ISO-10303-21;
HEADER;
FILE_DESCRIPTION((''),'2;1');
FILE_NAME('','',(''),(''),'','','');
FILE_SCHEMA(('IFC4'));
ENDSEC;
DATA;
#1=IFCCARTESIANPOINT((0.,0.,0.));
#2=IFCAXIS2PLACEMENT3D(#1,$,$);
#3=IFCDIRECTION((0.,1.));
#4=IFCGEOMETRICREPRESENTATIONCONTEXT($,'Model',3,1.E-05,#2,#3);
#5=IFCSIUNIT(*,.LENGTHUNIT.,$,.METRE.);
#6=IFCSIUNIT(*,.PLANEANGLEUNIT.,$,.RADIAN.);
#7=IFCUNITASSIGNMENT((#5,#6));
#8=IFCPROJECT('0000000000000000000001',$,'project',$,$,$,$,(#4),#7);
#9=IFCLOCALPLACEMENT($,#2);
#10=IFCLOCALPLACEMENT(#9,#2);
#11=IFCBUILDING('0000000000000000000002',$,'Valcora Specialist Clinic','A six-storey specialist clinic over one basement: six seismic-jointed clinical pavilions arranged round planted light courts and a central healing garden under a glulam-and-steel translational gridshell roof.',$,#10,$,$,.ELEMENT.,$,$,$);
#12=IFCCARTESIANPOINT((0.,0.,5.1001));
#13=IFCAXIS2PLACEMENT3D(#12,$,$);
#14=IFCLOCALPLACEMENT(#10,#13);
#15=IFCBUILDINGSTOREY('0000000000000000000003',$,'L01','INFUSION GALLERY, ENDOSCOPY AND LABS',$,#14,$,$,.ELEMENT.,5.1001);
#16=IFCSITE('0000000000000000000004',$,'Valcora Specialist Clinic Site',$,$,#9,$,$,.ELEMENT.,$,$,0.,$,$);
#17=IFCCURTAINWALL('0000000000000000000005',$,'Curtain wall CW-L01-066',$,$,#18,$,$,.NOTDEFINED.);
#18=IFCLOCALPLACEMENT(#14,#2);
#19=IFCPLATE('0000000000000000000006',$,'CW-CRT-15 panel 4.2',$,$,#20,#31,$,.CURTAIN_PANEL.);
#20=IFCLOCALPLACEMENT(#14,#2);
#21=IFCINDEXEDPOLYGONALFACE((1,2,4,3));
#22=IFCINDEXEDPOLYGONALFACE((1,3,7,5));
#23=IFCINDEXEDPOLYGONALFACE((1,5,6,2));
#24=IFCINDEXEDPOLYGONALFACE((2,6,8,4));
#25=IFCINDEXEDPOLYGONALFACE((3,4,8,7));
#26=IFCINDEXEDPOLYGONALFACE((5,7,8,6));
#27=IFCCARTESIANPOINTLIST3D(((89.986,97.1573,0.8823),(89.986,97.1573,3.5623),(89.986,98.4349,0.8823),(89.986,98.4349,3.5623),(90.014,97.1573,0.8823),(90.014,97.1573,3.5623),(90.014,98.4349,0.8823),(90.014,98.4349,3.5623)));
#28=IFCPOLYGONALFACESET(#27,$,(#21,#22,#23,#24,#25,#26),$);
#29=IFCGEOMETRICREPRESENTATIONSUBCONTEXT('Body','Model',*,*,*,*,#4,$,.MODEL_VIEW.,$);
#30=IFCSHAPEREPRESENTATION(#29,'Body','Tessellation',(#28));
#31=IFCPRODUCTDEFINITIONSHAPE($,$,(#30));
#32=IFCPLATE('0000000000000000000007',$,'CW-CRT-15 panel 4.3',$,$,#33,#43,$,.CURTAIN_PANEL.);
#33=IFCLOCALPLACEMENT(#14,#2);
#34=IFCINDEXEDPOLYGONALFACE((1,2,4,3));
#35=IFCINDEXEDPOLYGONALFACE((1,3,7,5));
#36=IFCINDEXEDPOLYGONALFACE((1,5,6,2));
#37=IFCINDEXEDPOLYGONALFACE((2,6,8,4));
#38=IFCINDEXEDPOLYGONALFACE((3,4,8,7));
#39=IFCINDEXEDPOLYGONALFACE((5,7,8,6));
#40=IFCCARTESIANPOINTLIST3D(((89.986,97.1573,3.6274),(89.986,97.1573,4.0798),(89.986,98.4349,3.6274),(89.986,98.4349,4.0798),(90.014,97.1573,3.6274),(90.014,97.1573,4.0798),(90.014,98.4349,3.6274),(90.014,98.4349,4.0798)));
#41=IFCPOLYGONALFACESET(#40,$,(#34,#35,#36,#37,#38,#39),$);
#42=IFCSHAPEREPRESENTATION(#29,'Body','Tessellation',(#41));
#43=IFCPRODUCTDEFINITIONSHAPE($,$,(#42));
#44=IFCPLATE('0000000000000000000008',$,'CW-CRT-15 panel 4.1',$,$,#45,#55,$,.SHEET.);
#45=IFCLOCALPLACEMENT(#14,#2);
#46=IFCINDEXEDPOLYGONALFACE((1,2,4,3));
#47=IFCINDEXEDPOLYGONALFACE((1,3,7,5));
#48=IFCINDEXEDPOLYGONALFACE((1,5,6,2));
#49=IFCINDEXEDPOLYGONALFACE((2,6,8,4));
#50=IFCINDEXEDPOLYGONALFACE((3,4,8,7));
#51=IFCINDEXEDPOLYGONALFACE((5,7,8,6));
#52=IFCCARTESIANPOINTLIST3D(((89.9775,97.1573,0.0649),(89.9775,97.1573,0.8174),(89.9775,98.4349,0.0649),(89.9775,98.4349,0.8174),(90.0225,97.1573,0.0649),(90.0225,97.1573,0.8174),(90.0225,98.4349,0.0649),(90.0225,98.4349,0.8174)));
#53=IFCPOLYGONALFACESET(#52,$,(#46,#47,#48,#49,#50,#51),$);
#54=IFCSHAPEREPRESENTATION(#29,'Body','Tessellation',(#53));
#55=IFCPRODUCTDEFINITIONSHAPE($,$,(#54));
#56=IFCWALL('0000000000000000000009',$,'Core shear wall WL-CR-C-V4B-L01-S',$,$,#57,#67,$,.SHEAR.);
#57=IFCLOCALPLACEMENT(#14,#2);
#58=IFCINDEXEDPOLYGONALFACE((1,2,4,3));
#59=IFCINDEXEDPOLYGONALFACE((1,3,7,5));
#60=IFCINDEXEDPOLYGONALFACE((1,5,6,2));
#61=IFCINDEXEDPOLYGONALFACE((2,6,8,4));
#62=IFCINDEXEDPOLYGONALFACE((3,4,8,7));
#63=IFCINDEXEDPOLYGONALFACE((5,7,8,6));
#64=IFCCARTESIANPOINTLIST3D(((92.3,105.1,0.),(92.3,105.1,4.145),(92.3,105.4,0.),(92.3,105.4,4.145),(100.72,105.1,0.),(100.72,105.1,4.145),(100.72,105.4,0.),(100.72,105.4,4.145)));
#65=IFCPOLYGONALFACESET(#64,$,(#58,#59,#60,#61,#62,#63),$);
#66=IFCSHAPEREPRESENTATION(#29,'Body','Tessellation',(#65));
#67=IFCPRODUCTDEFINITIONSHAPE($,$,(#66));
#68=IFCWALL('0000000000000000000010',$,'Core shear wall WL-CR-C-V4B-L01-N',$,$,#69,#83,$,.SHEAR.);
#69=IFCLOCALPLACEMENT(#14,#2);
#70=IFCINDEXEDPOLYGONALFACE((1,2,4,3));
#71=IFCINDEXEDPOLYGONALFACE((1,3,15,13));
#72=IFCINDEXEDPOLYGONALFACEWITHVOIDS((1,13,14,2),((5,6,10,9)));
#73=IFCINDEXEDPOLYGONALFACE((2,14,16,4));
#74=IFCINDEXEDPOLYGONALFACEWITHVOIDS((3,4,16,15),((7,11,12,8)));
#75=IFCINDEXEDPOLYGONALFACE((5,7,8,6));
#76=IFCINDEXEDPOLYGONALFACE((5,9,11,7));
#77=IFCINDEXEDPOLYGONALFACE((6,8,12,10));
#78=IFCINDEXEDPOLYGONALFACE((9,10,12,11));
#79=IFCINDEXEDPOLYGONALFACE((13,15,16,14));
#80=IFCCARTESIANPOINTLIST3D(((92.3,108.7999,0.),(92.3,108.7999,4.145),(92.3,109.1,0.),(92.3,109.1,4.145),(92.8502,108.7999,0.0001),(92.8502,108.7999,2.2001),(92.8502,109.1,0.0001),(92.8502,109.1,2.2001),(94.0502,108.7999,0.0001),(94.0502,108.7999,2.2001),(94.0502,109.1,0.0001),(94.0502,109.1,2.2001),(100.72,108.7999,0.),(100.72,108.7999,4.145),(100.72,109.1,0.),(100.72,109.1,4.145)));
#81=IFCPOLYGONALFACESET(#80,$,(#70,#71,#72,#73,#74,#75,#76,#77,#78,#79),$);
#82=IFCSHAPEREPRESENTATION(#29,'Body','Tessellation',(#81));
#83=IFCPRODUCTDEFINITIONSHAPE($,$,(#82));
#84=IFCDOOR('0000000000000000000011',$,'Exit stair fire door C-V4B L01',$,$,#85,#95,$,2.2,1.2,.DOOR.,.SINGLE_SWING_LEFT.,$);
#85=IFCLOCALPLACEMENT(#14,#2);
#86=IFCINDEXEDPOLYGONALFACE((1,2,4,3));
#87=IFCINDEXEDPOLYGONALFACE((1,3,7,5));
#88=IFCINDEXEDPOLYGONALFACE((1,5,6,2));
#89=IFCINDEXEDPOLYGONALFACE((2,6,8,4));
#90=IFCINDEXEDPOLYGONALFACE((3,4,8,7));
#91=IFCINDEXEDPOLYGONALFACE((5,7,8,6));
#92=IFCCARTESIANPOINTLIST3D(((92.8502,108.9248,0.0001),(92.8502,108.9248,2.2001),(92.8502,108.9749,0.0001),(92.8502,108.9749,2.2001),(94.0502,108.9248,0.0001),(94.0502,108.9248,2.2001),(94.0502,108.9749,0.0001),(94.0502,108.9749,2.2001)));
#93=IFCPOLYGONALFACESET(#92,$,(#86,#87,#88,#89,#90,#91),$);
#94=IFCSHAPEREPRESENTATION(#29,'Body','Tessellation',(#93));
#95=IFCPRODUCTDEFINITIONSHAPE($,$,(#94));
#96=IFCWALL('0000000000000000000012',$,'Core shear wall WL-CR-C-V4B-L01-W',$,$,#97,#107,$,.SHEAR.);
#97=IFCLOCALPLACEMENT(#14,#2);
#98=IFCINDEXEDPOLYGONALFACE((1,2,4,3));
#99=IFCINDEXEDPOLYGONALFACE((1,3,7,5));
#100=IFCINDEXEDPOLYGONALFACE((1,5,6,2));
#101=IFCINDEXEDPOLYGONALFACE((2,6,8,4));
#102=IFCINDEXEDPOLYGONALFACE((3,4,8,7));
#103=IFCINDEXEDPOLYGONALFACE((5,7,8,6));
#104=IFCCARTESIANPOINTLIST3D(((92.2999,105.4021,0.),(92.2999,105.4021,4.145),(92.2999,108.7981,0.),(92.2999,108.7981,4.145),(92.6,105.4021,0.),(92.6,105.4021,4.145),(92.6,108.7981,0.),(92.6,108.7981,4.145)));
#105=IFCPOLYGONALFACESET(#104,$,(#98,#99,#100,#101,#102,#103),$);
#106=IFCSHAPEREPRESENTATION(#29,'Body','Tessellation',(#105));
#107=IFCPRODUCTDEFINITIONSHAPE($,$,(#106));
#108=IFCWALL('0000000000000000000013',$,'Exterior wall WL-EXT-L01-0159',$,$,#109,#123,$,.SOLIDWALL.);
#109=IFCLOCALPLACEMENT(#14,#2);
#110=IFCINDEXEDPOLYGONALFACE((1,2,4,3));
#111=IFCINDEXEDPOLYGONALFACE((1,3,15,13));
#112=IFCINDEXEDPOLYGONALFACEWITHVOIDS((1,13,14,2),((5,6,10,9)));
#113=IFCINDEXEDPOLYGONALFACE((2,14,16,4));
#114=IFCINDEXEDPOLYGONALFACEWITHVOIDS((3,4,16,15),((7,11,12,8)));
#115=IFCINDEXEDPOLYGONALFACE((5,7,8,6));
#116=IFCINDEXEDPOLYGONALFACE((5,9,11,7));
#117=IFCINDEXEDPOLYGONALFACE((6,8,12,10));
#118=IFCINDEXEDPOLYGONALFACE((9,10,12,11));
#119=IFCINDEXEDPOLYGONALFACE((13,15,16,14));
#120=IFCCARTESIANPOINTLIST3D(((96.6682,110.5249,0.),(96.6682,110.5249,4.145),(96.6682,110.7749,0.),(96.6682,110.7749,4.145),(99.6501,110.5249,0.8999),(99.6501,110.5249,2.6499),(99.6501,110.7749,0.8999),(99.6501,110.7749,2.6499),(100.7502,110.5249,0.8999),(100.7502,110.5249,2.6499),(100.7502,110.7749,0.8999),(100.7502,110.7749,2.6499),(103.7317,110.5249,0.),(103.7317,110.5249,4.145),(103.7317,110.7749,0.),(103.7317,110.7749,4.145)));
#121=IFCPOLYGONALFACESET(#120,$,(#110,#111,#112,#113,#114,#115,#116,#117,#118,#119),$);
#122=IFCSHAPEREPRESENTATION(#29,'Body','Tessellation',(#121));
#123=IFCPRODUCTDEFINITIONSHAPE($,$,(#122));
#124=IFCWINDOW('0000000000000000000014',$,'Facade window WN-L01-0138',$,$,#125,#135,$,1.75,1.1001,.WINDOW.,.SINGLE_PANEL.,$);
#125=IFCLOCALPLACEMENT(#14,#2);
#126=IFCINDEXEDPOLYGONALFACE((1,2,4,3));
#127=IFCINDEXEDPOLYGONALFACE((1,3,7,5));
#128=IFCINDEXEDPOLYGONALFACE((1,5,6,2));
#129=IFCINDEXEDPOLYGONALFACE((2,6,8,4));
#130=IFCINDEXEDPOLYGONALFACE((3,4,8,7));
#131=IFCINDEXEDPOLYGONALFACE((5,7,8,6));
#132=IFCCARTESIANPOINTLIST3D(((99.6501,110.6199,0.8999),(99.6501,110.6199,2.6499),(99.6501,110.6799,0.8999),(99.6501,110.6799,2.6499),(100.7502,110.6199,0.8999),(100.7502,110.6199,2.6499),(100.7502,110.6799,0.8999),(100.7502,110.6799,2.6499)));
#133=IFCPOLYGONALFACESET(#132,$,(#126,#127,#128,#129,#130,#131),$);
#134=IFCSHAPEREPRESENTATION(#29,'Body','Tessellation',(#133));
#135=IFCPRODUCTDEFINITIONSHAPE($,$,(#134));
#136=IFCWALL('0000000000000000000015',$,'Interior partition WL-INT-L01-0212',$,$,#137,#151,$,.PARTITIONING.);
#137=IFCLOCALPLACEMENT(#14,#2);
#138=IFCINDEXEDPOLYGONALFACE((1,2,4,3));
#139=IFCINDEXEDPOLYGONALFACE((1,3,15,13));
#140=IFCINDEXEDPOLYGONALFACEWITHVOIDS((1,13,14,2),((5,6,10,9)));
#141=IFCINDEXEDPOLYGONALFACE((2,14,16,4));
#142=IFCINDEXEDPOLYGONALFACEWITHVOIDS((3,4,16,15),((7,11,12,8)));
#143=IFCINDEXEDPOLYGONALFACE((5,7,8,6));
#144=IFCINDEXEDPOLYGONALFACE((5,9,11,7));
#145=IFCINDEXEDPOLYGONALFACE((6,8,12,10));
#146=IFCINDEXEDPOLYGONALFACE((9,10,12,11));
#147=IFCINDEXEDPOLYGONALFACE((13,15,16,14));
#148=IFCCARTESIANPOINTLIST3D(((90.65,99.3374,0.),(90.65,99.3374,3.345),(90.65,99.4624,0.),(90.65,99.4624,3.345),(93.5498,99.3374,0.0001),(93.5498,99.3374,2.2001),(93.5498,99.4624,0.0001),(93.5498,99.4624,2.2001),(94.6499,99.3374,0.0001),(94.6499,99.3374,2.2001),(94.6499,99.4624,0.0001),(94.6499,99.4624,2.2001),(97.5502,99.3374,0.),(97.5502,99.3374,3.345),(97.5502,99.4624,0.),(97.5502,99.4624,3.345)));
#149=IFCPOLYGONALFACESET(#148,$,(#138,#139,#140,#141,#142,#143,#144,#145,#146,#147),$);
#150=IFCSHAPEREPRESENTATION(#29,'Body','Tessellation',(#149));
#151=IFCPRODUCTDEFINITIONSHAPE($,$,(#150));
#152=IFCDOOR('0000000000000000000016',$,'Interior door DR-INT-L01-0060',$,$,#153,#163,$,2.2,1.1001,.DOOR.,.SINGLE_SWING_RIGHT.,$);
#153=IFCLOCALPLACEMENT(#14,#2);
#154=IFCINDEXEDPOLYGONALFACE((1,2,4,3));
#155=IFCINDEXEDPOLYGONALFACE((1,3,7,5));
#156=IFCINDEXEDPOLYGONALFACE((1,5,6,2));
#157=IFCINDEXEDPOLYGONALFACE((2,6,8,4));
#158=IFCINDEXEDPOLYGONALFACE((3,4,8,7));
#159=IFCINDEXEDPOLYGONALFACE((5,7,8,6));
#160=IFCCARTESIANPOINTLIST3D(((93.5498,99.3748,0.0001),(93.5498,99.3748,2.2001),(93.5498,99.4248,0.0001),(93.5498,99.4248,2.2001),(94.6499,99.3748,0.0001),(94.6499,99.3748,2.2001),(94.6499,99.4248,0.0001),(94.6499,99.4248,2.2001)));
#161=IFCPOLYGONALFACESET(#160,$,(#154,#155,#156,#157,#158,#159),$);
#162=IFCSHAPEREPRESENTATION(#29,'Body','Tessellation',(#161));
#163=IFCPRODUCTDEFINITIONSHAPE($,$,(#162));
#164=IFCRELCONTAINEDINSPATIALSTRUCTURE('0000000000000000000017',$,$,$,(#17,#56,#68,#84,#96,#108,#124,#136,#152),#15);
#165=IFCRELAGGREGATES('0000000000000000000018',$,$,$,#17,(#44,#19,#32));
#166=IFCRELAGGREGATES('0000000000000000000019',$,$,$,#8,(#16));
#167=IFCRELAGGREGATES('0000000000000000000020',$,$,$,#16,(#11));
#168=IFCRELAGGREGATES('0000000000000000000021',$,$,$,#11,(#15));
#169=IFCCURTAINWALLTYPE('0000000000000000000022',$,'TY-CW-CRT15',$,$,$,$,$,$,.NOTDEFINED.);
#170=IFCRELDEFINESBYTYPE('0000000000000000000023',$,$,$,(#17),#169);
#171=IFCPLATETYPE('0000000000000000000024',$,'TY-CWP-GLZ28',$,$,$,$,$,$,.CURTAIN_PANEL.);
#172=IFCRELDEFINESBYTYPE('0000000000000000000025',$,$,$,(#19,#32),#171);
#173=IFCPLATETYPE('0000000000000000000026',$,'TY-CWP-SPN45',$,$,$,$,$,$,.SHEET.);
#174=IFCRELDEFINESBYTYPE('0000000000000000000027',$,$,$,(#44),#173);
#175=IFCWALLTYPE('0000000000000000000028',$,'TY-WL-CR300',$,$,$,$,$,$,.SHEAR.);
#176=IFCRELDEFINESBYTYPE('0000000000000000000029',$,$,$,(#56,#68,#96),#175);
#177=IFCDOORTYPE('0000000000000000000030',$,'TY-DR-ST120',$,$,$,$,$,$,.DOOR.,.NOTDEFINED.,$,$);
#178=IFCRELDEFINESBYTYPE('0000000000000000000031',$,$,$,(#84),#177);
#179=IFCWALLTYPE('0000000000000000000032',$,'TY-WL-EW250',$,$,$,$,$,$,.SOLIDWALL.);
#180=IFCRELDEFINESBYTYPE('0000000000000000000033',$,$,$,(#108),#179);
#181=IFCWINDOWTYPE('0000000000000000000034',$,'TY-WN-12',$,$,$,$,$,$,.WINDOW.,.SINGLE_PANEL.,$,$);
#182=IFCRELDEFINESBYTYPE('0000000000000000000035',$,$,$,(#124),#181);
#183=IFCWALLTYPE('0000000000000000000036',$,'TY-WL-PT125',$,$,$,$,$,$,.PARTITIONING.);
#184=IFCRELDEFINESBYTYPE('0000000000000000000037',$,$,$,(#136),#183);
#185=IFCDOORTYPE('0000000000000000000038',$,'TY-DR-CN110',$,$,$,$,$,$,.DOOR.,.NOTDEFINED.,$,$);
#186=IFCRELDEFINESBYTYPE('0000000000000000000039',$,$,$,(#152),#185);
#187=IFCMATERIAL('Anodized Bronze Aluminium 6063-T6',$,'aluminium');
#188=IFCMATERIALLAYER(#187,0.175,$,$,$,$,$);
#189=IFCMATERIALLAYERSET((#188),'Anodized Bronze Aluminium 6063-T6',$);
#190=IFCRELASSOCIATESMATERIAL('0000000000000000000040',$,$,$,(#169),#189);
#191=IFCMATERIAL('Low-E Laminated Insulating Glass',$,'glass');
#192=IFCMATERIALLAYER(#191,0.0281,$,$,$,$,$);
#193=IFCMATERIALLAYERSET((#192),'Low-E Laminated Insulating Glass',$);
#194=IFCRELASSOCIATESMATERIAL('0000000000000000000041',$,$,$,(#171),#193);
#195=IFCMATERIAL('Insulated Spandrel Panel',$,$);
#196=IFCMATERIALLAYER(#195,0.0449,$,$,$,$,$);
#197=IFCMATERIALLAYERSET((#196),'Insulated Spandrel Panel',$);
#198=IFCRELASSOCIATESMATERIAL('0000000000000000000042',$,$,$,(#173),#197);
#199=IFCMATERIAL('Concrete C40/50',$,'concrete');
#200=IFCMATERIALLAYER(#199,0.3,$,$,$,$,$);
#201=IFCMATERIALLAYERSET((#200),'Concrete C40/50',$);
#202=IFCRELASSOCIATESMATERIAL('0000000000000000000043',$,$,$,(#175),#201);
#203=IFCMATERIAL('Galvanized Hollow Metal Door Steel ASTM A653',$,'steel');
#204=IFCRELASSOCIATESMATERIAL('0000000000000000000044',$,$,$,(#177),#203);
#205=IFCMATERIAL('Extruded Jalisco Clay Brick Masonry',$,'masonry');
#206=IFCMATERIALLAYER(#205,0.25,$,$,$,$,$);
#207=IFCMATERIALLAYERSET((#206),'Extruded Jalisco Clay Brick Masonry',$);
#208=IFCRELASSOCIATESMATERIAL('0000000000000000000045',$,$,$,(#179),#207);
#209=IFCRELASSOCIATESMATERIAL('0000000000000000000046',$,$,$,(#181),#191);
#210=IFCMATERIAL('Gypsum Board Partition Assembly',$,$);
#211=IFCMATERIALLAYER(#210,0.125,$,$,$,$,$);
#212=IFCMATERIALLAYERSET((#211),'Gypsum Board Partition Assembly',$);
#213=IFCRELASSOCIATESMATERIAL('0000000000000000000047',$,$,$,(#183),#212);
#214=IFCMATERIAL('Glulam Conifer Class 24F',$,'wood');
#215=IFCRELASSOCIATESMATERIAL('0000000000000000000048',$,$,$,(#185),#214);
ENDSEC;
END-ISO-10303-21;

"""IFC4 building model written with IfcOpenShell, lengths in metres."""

from ifc_helpers import new_model, si_unit, direction, frame, frame_2d, origin, origin_2d, place, context, subcontext, project, spatial, rectangle, extrude, material, layer, layer_set, type_object, element, fill, aggregate, save


model = new_model("IFC4")

# Units and contexts
model_context = context("Model", 3, precision=1e-05, world=origin(), true_north=direction((0.0, 1.0)))
body_context = subcontext(model_context, "Body", "Model", "MODEL_VIEW")
ifc_project = project(units=[si_unit("LENGTHUNIT", "METRE"), si_unit("PLANEANGLEUNIT", "RADIAN")], contexts=[model_context])

# Site, building, storey
site_placement = place(None, origin())
site = spatial("IfcSite", under=ifc_project, at=site_placement, Name="Valcora Specialist Clinic Site", CompositionType="ELEMENT", RefElevation=0.0)
building_placement = place(site_placement, origin())
building = spatial("IfcBuilding", under=site, at=building_placement, Name="Valcora Specialist Clinic", Description="A six-storey specialist clinic over one basement: six seismic-jointed clinical pavilions arranged round planted light courts and a central healing garden under a glulam-and-steel translational gridshell roof.", CompositionType="ELEMENT")
storey_placement = place(building_placement, frame((0.0, 0.0, 5.1001)))
storey = spatial("IfcBuildingStorey", under=building, at=storey_placement, Name="L01", Description="INFUSION GALLERY, ENDOSCOPY AND LABS", CompositionType="ELEMENT", Elevation=5.1001)

# Shared definitions
ifc_material_1 = material(Name="Concrete C40/50", Category="concrete")

# Curtain wall, plates
ifc_material_2 = material(Name="Anodized Bronze Aluminium 6063-T6", Category="aluminium")
ifc_layer_1 = layer(ifc_material_2, 0.175)
ifc_layer_set_1 = layer_set([ifc_layer_1], Name="Anodized Bronze Aluminium 6063-T6")
curtain_wall_type = type_object("IfcCurtainWallType", Name="TY-CW-CRT15", PredefinedType="NOTDEFINED", material=ifc_layer_set_1)
curtain_wall_placement = place(storey_placement, origin())
curtain_wall = element("IfcCurtainWall", 1, at=curtain_wall_placement, inside=storey, type_object=curtain_wall_type, Name="Curtain wall CW-L01-066", PredefinedType="NOTDEFINED")
ifc_material_3 = material(Name="Low-E Laminated Insulating Glass", Category="glass")
ifc_layer_2 = layer(ifc_material_3, 0.0281)
ifc_layer_set_2 = layer_set([ifc_layer_2], Name="Low-E Laminated Insulating Glass")
plate_type_1 = type_object("IfcPlateType", Name="TY-CWP-GLZ28", PredefinedType="CURTAIN_PANEL", material=ifc_layer_set_2)
plate_1_placement = place(storey_placement, frame((90.0, 97.7961, 0.8823), z_axis=(0.0, 0.0, 1.0), x_axis=(0.0, 1.0, 0.0)))
plate_1 = element("IfcPlate", 2, at=plate_1_placement, type_object=plate_type_1, Name="CW-CRT-15 panel 4.2", PredefinedType="CURTAIN_PANEL", context=body_context, shape_type="SweptSolid", body=[
    extrude(rectangle(XDim=1.2776, YDim=0.0281, at=origin_2d()), origin(), (0.0, 0.0, 1.0), 2.6799),
])
plate_2_placement = place(storey_placement, frame((90.0, 97.7961, 3.6274), z_axis=(0.0, 0.0, 1.0), x_axis=(0.0, 1.0, 0.0)))
plate_2 = element("IfcPlate", 3, at=plate_2_placement, type_object=plate_type_1, Name="CW-CRT-15 panel 4.3", PredefinedType="CURTAIN_PANEL", context=body_context, shape_type="SweptSolid", body=[
    extrude(rectangle(XDim=1.2776, YDim=0.0281, at=origin_2d()), origin(), (0.0, 0.0, 1.0), 0.4524),
])
ifc_material_4 = material(Name="Insulated Spandrel Panel")
ifc_layer_3 = layer(ifc_material_4, 0.0449)
ifc_layer_set_3 = layer_set([ifc_layer_3], Name="Insulated Spandrel Panel")
plate_type_2 = type_object("IfcPlateType", Name="TY-CWP-SPN45", PredefinedType="SHEET", material=ifc_layer_set_3)
plate_3_placement = place(storey_placement, frame((90.0, 97.7961, 0.0649), z_axis=(0.0, 0.0, 1.0), x_axis=(0.0, 1.0, 0.0)))
plate_3 = element("IfcPlate", 4, at=plate_3_placement, type_object=plate_type_2, Name="CW-CRT-15 panel 4.1", PredefinedType="SHEET", context=body_context, shape_type="SweptSolid", body=[
    extrude(rectangle(XDim=1.2776, YDim=0.0449, at=origin_2d()), origin(), (0.0, 0.0, 1.0), 0.7524),
])
aggregate(curtain_wall, [plate_3, plate_1, plate_2])

# Wall
ifc_layer_4 = layer(ifc_material_1, 0.3)
ifc_layer_set_4 = layer_set([ifc_layer_4], Name="Concrete C40/50")
wall_type_1 = type_object("IfcWallType", Name="TY-WL-CR300", PredefinedType="SHEAR", material=ifc_layer_set_4)
wall_1_placement = place(storey_placement, frame((92.3, 105.25, 0.0), z_axis=(0.0, 0.0, 1.0), x_axis=(1.0, 0.0, 0.0)))
element("IfcWall", 5, at=wall_1_placement, inside=storey, type_object=wall_type_1, Name="Core shear wall WL-CR-C-V4B-L01-S", PredefinedType="SHEAR", context=body_context, shape_type="SweptSolid", body=[
    extrude(rectangle(XDim=8.4199, YDim=0.3, at=frame_2d((4.21, 0.0))), origin(), (0.0, 0.0, 1.0), 4.145),
])

# Wall, opening, door
wall_2_placement = place(storey_placement, frame((92.3, 108.95, 0.0), z_axis=(0.0, 0.0, 1.0), x_axis=(1.0, 0.0, 0.0)))
wall_2 = element("IfcWall", 6, at=wall_2_placement, inside=storey, type_object=wall_type_1, Name="Core shear wall WL-CR-C-V4B-L01-N", PredefinedType="SHEAR", context=body_context, shape_type="SweptSolid", body=[
    extrude(rectangle(XDim=8.4199, YDim=0.3, at=frame_2d((4.21, 0.0))), origin(), (0.0, 0.0, 1.0), 4.145),
])
opening_1_placement = place(wall_2_placement, frame((0.55, 0.0, 0.0)))
opening_1 = element("IfcOpeningElement", 7, at=opening_1_placement, cuts=wall_2, PredefinedType="OPENING", context=body_context, shape_type="SweptSolid", body=[
    extrude(rectangle(XDim=1.2, YDim=2.2, at=frame_2d((0.6001, 1.1001))), frame((0.0, 0.1599, 0.0), z_axis=(0.0, -1.0, 0.0), x_axis=(1.0, 0.0, 0.0)), (0.0, 0.0, 1.0), 0.3201),
])
ifc_material_5 = material(Name="Galvanized Hollow Metal Door Steel ASTM A653", Category="steel")
door_type_1 = type_object("IfcDoorType", Name="TY-DR-ST120", OperationType="NOTDEFINED", PredefinedType="DOOR", material=ifc_material_5)
door_1_placement = place(opening_1_placement, origin())
door_1 = element("IfcDoor", 8, at=door_1_placement, inside=storey, type_object=door_type_1, Name="Exit stair fire door C-V4B L01", OperationType="SINGLE_SWING_LEFT", OverallHeight=2.2, OverallWidth=1.2, PredefinedType="DOOR", context=body_context, shape_type="SweptSolid", body=[
    extrude(rectangle(XDim=1.2, YDim=2.2, at=frame_2d((0.6001, 1.1001))), frame((0.0, 0.0249, 0.0), z_axis=(0.0, -1.0, 0.0), x_axis=(1.0, 0.0, 0.0)), (0.0, 0.0, 1.0), 0.05),
])
fill(opening_1, door_1)

# Wall
wall_3_placement = place(storey_placement, frame((92.45, 105.4021, 0.0), z_axis=(0.0, 0.0, 1.0), x_axis=(0.0, 1.0, 0.0)))
element("IfcWall", 9, at=wall_3_placement, inside=storey, type_object=wall_type_1, Name="Core shear wall WL-CR-C-V4B-L01-W", PredefinedType="SHEAR", context=body_context, shape_type="SweptSolid", body=[
    extrude(rectangle(XDim=3.396, YDim=0.3, at=frame_2d((1.698, 0.0))), origin(), (0.0, 0.0, 1.0), 4.145),
])

# Wall, opening, window
ifc_material_6 = material(Name="Extruded Jalisco Clay Brick Masonry", Category="masonry")
ifc_layer_5 = layer(ifc_material_6, 0.25)
ifc_layer_set_5 = layer_set([ifc_layer_5], Name="Extruded Jalisco Clay Brick Masonry")
wall_type_2 = type_object("IfcWallType", Name="TY-WL-EW250", PredefinedType="SOLIDWALL", material=ifc_layer_set_5)
wall_4_placement = place(storey_placement, frame((96.6682, 110.6499, 0.0), z_axis=(0.0, 0.0, 1.0), x_axis=(1.0, 0.0, 0.0)))
wall_4 = element("IfcWall", 10, at=wall_4_placement, inside=storey, type_object=wall_type_2, Name="Exterior wall WL-EXT-L01-0159", PredefinedType="SOLIDWALL", context=body_context, shape_type="SweptSolid", body=[
    extrude(rectangle(XDim=7.0635, YDim=0.25, at=frame_2d((3.5317, 0.0))), origin(), (0.0, 0.0, 1.0), 4.145),
])
opening_2_placement = place(wall_4_placement, frame((2.9819, 0.0, 0.8999)))
opening_2 = element("IfcOpeningElement", 11, at=opening_2_placement, cuts=wall_4, PredefinedType="OPENING", context=body_context, shape_type="SweptSolid", body=[
    extrude(rectangle(XDim=1.1001, YDim=1.75, at=frame_2d((0.55, 0.875))), frame((0.0, 0.135, 0.0), z_axis=(0.0, -1.0, 0.0), x_axis=(1.0, 0.0, 0.0)), (0.0, 0.0, 1.0), 0.27),
])
window_type = type_object("IfcWindowType", Name="TY-WN-12", PartitioningType="SINGLE_PANEL", PredefinedType="WINDOW", material=ifc_material_3)
window_placement = place(opening_2_placement, origin())
window = element("IfcWindow", 12, at=window_placement, inside=storey, type_object=window_type, Name="Facade window WN-L01-0138", OverallHeight=1.75, OverallWidth=1.1001, PartitioningType="SINGLE_PANEL", PredefinedType="WINDOW", context=body_context, shape_type="SweptSolid", body=[
    extrude(rectangle(XDim=1.1001, YDim=1.75, at=frame_2d((0.55, 0.875))), frame((0.0, 0.03, 0.0), z_axis=(0.0, -1.0, 0.0), x_axis=(1.0, 0.0, 0.0)), (0.0, 0.0, 1.0), 0.0601),
])
fill(opening_2, window)

# Wall, opening, door
ifc_material_7 = material(Name="Gypsum Board Partition Assembly")
ifc_layer_6 = layer(ifc_material_7, 0.125)
ifc_layer_set_6 = layer_set([ifc_layer_6], Name="Gypsum Board Partition Assembly")
wall_type_3 = type_object("IfcWallType", Name="TY-WL-PT125", PredefinedType="PARTITIONING", material=ifc_layer_set_6)
wall_5_placement = place(storey_placement, frame((90.6499, 99.3999, 0.0), z_axis=(0.0, 0.0, 1.0), x_axis=(1.0, 0.0, 0.0)))
wall_5 = element("IfcWall", 13, at=wall_5_placement, inside=storey, type_object=wall_type_3, Name="Interior partition WL-INT-L01-0212", PredefinedType="PARTITIONING", context=body_context, shape_type="SweptSolid", body=[
    extrude(rectangle(XDim=6.9001, YDim=0.125, at=frame_2d((3.4502, 0.0))), origin(), (0.0, 0.0, 1.0), 3.345),
])
opening_3_placement = place(wall_5_placement, frame((2.8999, 0.0, 0.0)))
opening_3 = element("IfcOpeningElement", 14, at=opening_3_placement, cuts=wall_5, PredefinedType="OPENING", context=body_context, shape_type="SweptSolid", body=[
    extrude(rectangle(XDim=1.1001, YDim=2.2, at=frame_2d((0.55, 1.1001))), frame((0.0, 0.0725, 0.0), z_axis=(0.0, -1.0, 0.0), x_axis=(1.0, 0.0, 0.0)), (0.0, 0.0, 1.0), 0.145),
])
ifc_material_8 = material(Name="Glulam Conifer Class 24F", Category="wood")
door_type_2 = type_object("IfcDoorType", Name="TY-DR-CN110", OperationType="NOTDEFINED", PredefinedType="DOOR", material=ifc_material_8)
door_2_placement = place(opening_3_placement, origin())
door_2 = element("IfcDoor", 15, at=door_2_placement, inside=storey, type_object=door_type_2, Name="Interior door DR-INT-L01-0060", OperationType="SINGLE_SWING_RIGHT", OverallHeight=2.2, OverallWidth=1.1001, PredefinedType="DOOR", context=body_context, shape_type="SweptSolid", body=[
    extrude(rectangle(XDim=1.1001, YDim=2.2, at=frame_2d((0.55, 1.1001))), frame((0.0, 0.0249, 0.0), z_axis=(0.0, -1.0, 0.0), x_axis=(1.0, 0.0, 0.0)), (0.0, 0.0, 1.0), 0.05),
])
fill(opening_3, door_2)

save(model, "model.ifc")
